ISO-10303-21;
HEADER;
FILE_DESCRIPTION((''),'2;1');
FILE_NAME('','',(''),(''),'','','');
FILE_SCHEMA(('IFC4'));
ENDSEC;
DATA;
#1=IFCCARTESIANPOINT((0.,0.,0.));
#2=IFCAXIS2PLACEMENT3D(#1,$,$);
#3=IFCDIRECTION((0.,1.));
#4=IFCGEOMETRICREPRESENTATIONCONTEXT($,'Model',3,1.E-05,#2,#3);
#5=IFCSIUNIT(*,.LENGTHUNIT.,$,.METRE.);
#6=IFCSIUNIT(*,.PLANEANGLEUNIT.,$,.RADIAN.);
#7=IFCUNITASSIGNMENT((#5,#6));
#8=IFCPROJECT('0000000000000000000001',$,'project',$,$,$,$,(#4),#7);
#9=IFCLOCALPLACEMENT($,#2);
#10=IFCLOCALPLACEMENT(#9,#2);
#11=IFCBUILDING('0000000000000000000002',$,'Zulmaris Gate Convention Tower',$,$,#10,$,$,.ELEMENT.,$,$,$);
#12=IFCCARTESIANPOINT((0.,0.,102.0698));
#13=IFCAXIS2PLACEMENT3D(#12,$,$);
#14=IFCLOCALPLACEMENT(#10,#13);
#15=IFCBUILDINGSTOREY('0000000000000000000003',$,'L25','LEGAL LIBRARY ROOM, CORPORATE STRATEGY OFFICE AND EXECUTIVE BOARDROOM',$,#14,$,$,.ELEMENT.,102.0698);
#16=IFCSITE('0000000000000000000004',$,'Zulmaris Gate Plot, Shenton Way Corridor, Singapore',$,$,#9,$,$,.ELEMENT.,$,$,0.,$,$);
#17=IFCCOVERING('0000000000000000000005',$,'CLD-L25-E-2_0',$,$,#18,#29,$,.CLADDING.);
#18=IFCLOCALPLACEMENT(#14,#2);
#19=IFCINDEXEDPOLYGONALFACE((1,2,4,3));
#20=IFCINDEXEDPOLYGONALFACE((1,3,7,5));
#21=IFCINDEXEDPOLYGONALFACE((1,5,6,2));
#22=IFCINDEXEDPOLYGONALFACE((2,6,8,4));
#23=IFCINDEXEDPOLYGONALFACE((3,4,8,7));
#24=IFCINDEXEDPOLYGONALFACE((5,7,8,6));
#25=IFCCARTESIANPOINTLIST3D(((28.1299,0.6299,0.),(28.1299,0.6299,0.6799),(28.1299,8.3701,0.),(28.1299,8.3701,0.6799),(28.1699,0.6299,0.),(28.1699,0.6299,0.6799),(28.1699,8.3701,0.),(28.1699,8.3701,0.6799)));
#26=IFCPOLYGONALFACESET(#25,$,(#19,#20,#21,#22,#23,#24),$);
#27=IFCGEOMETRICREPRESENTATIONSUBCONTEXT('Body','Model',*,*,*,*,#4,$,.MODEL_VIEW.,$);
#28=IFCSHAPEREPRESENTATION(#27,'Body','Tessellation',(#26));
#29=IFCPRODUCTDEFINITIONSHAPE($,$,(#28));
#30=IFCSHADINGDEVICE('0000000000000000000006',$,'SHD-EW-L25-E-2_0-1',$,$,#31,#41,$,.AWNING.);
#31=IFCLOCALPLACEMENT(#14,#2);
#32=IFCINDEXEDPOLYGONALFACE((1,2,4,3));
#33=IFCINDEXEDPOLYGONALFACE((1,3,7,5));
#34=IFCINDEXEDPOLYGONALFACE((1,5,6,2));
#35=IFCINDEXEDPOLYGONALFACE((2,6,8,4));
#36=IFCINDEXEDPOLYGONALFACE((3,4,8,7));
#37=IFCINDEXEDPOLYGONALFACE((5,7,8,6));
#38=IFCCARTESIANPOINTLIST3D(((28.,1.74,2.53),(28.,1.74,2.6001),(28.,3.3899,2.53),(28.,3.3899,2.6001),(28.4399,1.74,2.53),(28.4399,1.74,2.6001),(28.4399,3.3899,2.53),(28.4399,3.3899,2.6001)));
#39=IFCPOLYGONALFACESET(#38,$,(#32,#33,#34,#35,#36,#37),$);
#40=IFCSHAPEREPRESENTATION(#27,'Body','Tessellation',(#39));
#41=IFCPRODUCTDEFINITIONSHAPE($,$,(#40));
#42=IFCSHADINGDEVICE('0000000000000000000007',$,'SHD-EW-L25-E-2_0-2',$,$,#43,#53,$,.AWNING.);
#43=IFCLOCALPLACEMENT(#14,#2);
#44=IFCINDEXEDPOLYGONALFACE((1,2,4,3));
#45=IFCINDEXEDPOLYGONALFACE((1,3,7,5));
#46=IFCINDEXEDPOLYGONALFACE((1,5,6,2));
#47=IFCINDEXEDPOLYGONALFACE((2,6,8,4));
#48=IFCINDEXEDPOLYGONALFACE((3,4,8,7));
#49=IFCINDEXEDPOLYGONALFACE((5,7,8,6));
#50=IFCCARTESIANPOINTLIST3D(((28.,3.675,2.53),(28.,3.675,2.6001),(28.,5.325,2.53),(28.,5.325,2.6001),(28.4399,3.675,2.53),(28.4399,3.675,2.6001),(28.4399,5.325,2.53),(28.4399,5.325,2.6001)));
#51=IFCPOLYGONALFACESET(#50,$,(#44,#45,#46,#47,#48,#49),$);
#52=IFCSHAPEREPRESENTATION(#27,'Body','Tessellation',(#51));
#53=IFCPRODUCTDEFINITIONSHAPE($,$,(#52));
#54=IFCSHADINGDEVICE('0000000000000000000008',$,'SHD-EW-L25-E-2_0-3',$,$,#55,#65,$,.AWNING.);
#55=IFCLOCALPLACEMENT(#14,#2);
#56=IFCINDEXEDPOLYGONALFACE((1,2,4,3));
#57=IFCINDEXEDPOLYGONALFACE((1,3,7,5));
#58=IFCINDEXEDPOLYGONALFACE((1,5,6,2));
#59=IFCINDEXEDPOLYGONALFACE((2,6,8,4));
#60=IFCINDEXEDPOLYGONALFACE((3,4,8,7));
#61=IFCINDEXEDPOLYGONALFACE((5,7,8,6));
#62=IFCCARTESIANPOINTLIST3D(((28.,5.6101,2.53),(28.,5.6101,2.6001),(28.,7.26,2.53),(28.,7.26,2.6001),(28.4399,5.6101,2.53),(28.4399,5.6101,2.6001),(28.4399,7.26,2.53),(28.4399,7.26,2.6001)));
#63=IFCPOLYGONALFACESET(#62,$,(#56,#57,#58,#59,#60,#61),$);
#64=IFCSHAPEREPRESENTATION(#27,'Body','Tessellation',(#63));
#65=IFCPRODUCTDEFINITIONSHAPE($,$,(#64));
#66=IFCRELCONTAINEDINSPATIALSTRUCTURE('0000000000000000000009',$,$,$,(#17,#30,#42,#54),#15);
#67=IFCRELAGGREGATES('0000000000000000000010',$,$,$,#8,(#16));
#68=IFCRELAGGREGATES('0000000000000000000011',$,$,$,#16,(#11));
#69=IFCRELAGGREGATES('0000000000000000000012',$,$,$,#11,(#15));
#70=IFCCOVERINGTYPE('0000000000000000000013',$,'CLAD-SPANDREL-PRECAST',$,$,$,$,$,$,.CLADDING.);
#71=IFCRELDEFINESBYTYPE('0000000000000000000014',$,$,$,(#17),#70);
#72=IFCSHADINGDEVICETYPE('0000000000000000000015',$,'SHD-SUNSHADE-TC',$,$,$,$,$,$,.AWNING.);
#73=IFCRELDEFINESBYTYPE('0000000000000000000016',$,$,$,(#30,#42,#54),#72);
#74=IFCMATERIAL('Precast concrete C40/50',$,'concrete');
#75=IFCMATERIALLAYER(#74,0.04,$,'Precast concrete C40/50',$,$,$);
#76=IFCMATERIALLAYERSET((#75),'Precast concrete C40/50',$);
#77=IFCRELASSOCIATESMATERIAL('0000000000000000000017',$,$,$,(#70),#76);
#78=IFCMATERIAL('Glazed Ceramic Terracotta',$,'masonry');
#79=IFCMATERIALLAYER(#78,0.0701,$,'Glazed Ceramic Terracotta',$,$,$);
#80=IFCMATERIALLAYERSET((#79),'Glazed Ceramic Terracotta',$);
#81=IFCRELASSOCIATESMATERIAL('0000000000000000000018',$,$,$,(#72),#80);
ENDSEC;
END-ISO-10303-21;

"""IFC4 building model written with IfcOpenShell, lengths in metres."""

from ifc_helpers import new_model, si_unit, direction, frame, frame_2d, origin, place, context, subcontext, project, spatial, rectangle, extrude, material, layer, layer_set, type_object, element, save


model = new_model("IFC4")

# Units and contexts
model_context = context("Model", 3, precision=1e-05, world=origin(), true_north=direction((0.0, 1.0)))
body_context = subcontext(model_context, "Body", "Model", "MODEL_VIEW")
ifc_project = project(units=[si_unit("LENGTHUNIT", "METRE"), si_unit("PLANEANGLEUNIT", "RADIAN")], contexts=[model_context])

# Site, building, storey
site_placement = place(None, origin())
site = spatial("IfcSite", under=ifc_project, at=site_placement, Name="Zulmaris Gate Plot, Shenton Way Corridor, Singapore", CompositionType="ELEMENT", RefElevation=0.0)
building_placement = place(site_placement, origin())
building = spatial("IfcBuilding", under=site, at=building_placement, Name="Zulmaris Gate Convention Tower", CompositionType="ELEMENT")
storey_placement = place(building_placement, frame((0.0, 0.0, 102.0698)))
storey = spatial("IfcBuildingStorey", under=building, at=storey_placement, Name="L25", Description="LEGAL LIBRARY ROOM, CORPORATE STRATEGY OFFICE AND EXECUTIVE BOARDROOM", CompositionType="ELEMENT", Elevation=102.0698)

# Shared definitions
ifc_material_1 = material(Name="Precast concrete C40/50", Category="concrete")

# Covering
ifc_layer_1 = layer(ifc_material_1, 0.04, Name="Precast concrete C40/50")
ifc_layer_set_1 = layer_set([ifc_layer_1], Name="Precast concrete C40/50")
covering_type = type_object("IfcCoveringType", Name="CLAD-SPANDREL-PRECAST", PredefinedType="CLADDING", material=ifc_layer_set_1)
covering_placement = place(storey_placement, frame((28.1499, 0.6299, 0.0), z_axis=(0.0, 0.0, 1.0), x_axis=(0.0, 1.0, 0.0)))
element("IfcCovering", 1, at=covering_placement, inside=storey, type_object=covering_type, Name="CLD-L25-E-2_0", PredefinedType="CLADDING", context=body_context, shape_type="SweptSolid", body=[
    extrude(rectangle(XDim=7.7402, YDim=0.04, at=frame_2d((3.8701, 0.0))), origin(), (0.0, 0.0, 1.0), 0.6799),
])

# Shading devices
ifc_material_2 = material(Name="Glazed Ceramic Terracotta", Category="masonry")
ifc_layer_2 = layer(ifc_material_2, 0.0701, Name="Glazed Ceramic Terracotta")
ifc_layer_set_2 = layer_set([ifc_layer_2], Name="Glazed Ceramic Terracotta")
shading_device_type = type_object("IfcShadingDeviceType", Name="SHD-SUNSHADE-TC", PredefinedType="AWNING", material=ifc_layer_set_2)
for number, where, z_axis, x_axis, name in (
    (2, (28.22, 1.74, 2.53), (0.0, 0.0, 1.0), (0.0, 1.0, 0.0), "SHD-EW-L25-E-2_0-1"),
    (3, (28.22, 3.675, 2.53), (0.0, 0.0, 1.0), (0.0, 1.0, 0.0), "SHD-EW-L25-E-2_0-2"),
    (4, (28.22, 5.6101, 2.53), (0.0, 0.0, 1.0), (0.0, 1.0, 0.0), "SHD-EW-L25-E-2_0-3"),
):
    element("IfcShadingDevice", number, at=place(storey_placement, frame(where, z_axis=z_axis, x_axis=x_axis)), inside=storey, type_object=shading_device_type, Name=name, PredefinedType="AWNING", context=body_context, shape_type="SweptSolid", body=[
        extrude(rectangle(XDim=1.6499, YDim=0.4399, at=frame_2d((0.825, 0.0))), origin(), (0.0, 0.0, 1.0), 0.0701),
    ])

save(model, "model.ifc")
